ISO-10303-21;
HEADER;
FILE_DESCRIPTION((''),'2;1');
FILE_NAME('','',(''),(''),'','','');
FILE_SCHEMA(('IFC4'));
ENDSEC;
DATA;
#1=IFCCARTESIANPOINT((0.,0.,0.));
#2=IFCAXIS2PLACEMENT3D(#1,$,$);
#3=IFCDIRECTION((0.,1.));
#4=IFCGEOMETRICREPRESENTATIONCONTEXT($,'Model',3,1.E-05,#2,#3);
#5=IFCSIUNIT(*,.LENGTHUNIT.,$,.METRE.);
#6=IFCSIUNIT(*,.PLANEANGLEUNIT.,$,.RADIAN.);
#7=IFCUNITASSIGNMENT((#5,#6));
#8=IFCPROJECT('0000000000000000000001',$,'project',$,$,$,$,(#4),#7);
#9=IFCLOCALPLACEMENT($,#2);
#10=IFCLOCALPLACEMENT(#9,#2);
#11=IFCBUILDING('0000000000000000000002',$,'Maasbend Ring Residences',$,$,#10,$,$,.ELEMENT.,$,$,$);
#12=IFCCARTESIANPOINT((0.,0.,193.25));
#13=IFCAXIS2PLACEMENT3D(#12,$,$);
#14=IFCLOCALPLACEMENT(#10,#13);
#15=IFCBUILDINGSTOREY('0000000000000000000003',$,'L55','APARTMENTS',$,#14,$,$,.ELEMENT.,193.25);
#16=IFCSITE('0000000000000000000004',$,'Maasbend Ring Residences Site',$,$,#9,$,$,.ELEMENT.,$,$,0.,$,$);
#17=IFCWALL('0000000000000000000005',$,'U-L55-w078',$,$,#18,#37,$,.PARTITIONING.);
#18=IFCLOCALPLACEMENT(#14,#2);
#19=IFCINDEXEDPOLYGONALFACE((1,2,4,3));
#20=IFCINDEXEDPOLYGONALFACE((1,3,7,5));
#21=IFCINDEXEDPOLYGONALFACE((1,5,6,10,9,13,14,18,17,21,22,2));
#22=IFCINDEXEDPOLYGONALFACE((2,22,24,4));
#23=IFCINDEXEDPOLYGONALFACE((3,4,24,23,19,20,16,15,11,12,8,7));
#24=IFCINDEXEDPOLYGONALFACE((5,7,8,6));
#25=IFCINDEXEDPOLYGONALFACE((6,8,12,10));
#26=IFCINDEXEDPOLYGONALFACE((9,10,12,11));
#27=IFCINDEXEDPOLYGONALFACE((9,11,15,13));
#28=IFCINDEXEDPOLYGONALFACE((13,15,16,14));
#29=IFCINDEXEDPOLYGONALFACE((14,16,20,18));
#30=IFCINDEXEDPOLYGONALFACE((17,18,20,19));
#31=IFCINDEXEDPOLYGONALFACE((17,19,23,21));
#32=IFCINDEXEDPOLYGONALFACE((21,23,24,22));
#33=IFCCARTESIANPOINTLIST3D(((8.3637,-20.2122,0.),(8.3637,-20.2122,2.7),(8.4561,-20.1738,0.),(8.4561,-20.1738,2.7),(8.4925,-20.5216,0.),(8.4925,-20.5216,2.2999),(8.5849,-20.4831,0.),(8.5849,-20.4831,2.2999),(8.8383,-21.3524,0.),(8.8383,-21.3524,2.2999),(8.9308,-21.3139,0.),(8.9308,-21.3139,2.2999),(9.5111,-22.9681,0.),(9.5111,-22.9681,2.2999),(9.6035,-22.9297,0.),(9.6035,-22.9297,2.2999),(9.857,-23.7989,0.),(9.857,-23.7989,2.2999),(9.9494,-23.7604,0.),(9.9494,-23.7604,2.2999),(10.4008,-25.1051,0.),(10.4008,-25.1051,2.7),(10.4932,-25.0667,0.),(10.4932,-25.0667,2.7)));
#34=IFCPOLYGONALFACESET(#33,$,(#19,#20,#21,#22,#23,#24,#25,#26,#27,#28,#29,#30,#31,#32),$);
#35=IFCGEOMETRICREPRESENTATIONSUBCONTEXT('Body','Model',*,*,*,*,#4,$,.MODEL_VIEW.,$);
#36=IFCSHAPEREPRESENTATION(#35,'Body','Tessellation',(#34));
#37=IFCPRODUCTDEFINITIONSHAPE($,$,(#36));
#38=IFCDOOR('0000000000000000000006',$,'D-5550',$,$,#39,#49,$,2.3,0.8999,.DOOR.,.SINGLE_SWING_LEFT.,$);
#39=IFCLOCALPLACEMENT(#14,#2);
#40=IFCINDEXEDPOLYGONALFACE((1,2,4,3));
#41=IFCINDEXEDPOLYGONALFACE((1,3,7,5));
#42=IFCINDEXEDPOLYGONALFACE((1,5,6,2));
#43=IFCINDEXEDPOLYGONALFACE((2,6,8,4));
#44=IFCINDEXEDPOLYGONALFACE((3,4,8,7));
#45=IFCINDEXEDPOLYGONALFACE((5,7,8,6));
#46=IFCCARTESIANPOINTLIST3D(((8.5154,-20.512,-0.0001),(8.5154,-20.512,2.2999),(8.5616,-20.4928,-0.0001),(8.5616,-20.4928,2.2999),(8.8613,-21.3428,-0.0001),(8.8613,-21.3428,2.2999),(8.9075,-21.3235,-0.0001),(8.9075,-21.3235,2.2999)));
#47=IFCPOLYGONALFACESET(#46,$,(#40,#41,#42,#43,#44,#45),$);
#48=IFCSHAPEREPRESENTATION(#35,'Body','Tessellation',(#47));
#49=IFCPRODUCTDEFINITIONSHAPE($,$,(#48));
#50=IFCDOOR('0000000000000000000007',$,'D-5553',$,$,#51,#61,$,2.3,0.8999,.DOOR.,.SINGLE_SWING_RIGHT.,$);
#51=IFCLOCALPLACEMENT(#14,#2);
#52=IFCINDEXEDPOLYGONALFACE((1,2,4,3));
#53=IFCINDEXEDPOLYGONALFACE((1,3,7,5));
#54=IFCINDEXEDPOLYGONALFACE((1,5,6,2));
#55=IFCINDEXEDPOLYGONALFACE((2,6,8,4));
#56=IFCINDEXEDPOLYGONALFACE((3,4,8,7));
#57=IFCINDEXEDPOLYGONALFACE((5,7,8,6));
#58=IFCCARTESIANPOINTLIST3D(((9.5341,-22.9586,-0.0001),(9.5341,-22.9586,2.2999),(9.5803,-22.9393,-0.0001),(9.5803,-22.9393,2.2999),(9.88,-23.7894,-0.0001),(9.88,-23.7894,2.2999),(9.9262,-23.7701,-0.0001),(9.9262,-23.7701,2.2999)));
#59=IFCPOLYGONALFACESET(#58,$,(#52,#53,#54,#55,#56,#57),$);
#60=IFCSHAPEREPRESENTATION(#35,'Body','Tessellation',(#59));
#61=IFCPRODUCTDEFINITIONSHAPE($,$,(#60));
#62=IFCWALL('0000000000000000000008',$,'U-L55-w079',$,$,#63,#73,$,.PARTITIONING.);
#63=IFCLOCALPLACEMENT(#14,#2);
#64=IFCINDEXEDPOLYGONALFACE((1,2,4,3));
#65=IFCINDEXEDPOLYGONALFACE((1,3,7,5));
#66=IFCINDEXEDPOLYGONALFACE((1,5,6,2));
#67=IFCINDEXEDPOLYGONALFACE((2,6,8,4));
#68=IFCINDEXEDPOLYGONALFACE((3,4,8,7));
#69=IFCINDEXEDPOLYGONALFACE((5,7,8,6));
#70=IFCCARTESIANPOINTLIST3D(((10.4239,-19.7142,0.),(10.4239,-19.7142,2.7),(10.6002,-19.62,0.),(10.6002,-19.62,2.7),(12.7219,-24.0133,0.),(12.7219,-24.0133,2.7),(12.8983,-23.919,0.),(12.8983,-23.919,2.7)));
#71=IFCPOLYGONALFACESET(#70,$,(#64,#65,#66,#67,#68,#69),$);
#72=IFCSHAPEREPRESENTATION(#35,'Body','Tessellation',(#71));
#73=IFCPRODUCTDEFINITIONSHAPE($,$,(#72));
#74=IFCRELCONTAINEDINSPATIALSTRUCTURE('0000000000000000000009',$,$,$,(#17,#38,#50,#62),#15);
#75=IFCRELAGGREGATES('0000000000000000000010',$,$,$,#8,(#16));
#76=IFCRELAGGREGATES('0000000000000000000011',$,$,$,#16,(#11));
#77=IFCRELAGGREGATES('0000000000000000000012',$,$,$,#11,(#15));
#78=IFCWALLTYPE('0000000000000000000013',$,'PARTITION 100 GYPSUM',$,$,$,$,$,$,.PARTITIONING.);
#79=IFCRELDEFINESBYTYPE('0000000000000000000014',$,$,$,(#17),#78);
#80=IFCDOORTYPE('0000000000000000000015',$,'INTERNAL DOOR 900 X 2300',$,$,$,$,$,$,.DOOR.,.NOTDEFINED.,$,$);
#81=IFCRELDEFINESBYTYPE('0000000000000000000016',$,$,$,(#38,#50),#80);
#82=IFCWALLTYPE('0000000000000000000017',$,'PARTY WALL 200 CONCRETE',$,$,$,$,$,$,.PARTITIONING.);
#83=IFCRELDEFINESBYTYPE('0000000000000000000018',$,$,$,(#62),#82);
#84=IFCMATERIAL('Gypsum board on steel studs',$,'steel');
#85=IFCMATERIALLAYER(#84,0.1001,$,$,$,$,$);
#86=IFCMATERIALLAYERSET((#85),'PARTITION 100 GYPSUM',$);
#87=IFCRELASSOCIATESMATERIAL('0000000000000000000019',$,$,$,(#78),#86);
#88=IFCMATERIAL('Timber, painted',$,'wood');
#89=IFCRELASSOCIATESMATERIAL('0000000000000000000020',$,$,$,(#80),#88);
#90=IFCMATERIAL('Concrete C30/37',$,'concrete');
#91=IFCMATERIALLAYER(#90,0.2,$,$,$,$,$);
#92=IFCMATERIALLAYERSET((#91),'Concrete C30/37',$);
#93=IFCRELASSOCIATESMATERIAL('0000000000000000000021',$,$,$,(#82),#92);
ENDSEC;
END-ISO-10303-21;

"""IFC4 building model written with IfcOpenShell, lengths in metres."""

from ifc_helpers import new_model, si_unit, direction, frame, frame_2d, origin, place, context, subcontext, project, spatial, rectangle, extrude, material, layer, layer_set, type_object, element, fill, save


model = new_model("IFC4")

# Units and contexts
model_context = context("Model", 3, precision=1e-05, world=origin(), true_north=direction((0.0, 1.0)))
body_context = subcontext(model_context, "Body", "Model", "MODEL_VIEW")
ifc_project = project(units=[si_unit("LENGTHUNIT", "METRE"), si_unit("PLANEANGLEUNIT", "RADIAN")], contexts=[model_context])

# Site, building, storey
site_placement = place(None, origin())
site = spatial("IfcSite", under=ifc_project, at=site_placement, Name="Maasbend Ring Residences Site", CompositionType="ELEMENT", RefElevation=0.0)
building_placement = place(site_placement, origin())
building = spatial("IfcBuilding", under=site, at=building_placement, Name="Maasbend Ring Residences", CompositionType="ELEMENT")
storey_placement = place(building_placement, frame((0.0, 0.0, 193.25)))
storey = spatial("IfcBuildingStorey", under=building, at=storey_placement, Name="L55", Description="APARTMENTS", CompositionType="ELEMENT", Elevation=193.25)

# Shared definitions
ifc_material_1 = material(Name="Gypsum board on steel studs", Category="steel")
ifc_layer_1 = layer(ifc_material_1, 0.1001)
ifc_layer_set_1 = layer_set([ifc_layer_1], Name="PARTITION 100 GYPSUM")
wall_type_1 = type_object("IfcWallType", Name="PARTITION 100 GYPSUM", PredefinedType="PARTITIONING", material=ifc_layer_set_1)

# Shared definitions
ifc_material_2 = material(Name="Timber, painted", Category="wood")
door_type_1 = type_object("IfcDoorType", Name="INTERNAL DOOR 900 X 2300", OperationType="NOTDEFINED", PredefinedType="DOOR", material=ifc_material_2)

# Wall, openings, doors
wall_1_placement = place(storey_placement, frame((8.4099, -20.1931, 0.0), z_axis=(0.0, 0.0, 1.0), x_axis=(0.384364, -0.923182, 0.0)))
wall_1 = element("IfcWall", 1, at=wall_1_placement, inside=storey, type_object=wall_type_1, Name="U-L55-w078", PredefinedType="PARTITIONING", context=body_context, shape_type="SweptSolid", body=[
    extrude(rectangle(XDim=5.3, YDim=0.1001, at=frame_2d((2.6499, 0.0))), origin(), (0.0, 0.0, 1.0), 2.7),
])
opening_1_placement = place(wall_1_placement, frame((0.335, 0.0, 0.0)))
opening_1 = element("IfcOpeningElement", 2, at=opening_1_placement, cuts=wall_1, PredefinedType="OPENING", context=body_context, shape_type="SweptSolid", body=[
    extrude(rectangle(XDim=0.8999, YDim=2.3, at=frame_2d((0.45, 1.1499))), frame((0.0, 0.0601, 0.0), z_axis=(0.0, -1.0, 0.0), x_axis=(1.0, 0.0, 0.0)), (0.0, 0.0, 1.0), 0.1201),
])
opening_2_placement = place(wall_1_placement, frame((2.9851, 0.0, 0.0)))
opening_2 = element("IfcOpeningElement", 3, at=opening_2_placement, cuts=wall_1, PredefinedType="OPENING", context=body_context, shape_type="SweptSolid", body=[
    extrude(rectangle(XDim=0.8999, YDim=2.3, at=frame_2d((0.45, 1.1499))), frame((0.0, 0.0601, 0.0), z_axis=(0.0, -1.0, 0.0), x_axis=(1.0, 0.0, 0.0)), (0.0, 0.0, 1.0), 0.1201),
])
door_1_placement = place(opening_1_placement, origin())
door_1 = element("IfcDoor", 4, at=door_1_placement, inside=storey, type_object=door_type_1, Name="D-5550", OperationType="SINGLE_SWING_LEFT", OverallHeight=2.3, OverallWidth=0.8999, PredefinedType="DOOR", context=body_context, shape_type="SweptSolid", body=[
    extrude(rectangle(XDim=0.8999, YDim=2.3, at=frame_2d((0.45, 1.1499))), frame((0.0, 0.0249, 0.0), z_axis=(0.0, -1.0, 0.0), x_axis=(1.0, 0.0, 0.0)), (0.0, 0.0, 1.0), 0.05),
])
fill(opening_1, door_1)
door_2_placement = place(opening_2_placement, origin())
door_2 = element("IfcDoor", 5, at=door_2_placement, inside=storey, type_object=door_type_1, Name="D-5553", OperationType="SINGLE_SWING_RIGHT", OverallHeight=2.3, OverallWidth=0.8999, PredefinedType="DOOR", context=body_context, shape_type="SweptSolid", body=[
    extrude(rectangle(XDim=0.8999, YDim=2.3, at=frame_2d((0.45, 1.1499))), frame((0.0, 0.0249, 0.0), z_axis=(0.0, -1.0, 0.0), x_axis=(1.0, 0.0, 0.0)), (0.0, 0.0, 1.0), 0.05),
])
fill(opening_2, door_2)

# Wall
ifc_material_3 = material(Name="Concrete C30/37", Category="concrete")
ifc_layer_2 = layer(ifc_material_3, 0.2)
ifc_layer_set_2 = layer_set([ifc_layer_2], Name="Concrete C30/37")
wall_type_2 = type_object("IfcWallType", Name="PARTY WALL 200 CONCRETE", PredefinedType="PARTITIONING", material=ifc_layer_set_2)
wall_2_placement = place(storey_placement, frame((10.512, -19.667, 0.0), z_axis=(0.0, 0.0, 1.0), x_axis=(0.471428, -0.881905, 0.0)))
element("IfcWall", 6, at=wall_2_placement, inside=storey, type_object=wall_type_2, Name="U-L55-w079", PredefinedType="PARTITIONING", context=body_context, shape_type="SweptSolid", body=[
    extrude(rectangle(XDim=4.8748, YDim=0.2, at=frame_2d((2.4375, 0.0))), origin(), (0.0, 0.0, 1.0), 2.7),
])

save(model, "model.ifc")
